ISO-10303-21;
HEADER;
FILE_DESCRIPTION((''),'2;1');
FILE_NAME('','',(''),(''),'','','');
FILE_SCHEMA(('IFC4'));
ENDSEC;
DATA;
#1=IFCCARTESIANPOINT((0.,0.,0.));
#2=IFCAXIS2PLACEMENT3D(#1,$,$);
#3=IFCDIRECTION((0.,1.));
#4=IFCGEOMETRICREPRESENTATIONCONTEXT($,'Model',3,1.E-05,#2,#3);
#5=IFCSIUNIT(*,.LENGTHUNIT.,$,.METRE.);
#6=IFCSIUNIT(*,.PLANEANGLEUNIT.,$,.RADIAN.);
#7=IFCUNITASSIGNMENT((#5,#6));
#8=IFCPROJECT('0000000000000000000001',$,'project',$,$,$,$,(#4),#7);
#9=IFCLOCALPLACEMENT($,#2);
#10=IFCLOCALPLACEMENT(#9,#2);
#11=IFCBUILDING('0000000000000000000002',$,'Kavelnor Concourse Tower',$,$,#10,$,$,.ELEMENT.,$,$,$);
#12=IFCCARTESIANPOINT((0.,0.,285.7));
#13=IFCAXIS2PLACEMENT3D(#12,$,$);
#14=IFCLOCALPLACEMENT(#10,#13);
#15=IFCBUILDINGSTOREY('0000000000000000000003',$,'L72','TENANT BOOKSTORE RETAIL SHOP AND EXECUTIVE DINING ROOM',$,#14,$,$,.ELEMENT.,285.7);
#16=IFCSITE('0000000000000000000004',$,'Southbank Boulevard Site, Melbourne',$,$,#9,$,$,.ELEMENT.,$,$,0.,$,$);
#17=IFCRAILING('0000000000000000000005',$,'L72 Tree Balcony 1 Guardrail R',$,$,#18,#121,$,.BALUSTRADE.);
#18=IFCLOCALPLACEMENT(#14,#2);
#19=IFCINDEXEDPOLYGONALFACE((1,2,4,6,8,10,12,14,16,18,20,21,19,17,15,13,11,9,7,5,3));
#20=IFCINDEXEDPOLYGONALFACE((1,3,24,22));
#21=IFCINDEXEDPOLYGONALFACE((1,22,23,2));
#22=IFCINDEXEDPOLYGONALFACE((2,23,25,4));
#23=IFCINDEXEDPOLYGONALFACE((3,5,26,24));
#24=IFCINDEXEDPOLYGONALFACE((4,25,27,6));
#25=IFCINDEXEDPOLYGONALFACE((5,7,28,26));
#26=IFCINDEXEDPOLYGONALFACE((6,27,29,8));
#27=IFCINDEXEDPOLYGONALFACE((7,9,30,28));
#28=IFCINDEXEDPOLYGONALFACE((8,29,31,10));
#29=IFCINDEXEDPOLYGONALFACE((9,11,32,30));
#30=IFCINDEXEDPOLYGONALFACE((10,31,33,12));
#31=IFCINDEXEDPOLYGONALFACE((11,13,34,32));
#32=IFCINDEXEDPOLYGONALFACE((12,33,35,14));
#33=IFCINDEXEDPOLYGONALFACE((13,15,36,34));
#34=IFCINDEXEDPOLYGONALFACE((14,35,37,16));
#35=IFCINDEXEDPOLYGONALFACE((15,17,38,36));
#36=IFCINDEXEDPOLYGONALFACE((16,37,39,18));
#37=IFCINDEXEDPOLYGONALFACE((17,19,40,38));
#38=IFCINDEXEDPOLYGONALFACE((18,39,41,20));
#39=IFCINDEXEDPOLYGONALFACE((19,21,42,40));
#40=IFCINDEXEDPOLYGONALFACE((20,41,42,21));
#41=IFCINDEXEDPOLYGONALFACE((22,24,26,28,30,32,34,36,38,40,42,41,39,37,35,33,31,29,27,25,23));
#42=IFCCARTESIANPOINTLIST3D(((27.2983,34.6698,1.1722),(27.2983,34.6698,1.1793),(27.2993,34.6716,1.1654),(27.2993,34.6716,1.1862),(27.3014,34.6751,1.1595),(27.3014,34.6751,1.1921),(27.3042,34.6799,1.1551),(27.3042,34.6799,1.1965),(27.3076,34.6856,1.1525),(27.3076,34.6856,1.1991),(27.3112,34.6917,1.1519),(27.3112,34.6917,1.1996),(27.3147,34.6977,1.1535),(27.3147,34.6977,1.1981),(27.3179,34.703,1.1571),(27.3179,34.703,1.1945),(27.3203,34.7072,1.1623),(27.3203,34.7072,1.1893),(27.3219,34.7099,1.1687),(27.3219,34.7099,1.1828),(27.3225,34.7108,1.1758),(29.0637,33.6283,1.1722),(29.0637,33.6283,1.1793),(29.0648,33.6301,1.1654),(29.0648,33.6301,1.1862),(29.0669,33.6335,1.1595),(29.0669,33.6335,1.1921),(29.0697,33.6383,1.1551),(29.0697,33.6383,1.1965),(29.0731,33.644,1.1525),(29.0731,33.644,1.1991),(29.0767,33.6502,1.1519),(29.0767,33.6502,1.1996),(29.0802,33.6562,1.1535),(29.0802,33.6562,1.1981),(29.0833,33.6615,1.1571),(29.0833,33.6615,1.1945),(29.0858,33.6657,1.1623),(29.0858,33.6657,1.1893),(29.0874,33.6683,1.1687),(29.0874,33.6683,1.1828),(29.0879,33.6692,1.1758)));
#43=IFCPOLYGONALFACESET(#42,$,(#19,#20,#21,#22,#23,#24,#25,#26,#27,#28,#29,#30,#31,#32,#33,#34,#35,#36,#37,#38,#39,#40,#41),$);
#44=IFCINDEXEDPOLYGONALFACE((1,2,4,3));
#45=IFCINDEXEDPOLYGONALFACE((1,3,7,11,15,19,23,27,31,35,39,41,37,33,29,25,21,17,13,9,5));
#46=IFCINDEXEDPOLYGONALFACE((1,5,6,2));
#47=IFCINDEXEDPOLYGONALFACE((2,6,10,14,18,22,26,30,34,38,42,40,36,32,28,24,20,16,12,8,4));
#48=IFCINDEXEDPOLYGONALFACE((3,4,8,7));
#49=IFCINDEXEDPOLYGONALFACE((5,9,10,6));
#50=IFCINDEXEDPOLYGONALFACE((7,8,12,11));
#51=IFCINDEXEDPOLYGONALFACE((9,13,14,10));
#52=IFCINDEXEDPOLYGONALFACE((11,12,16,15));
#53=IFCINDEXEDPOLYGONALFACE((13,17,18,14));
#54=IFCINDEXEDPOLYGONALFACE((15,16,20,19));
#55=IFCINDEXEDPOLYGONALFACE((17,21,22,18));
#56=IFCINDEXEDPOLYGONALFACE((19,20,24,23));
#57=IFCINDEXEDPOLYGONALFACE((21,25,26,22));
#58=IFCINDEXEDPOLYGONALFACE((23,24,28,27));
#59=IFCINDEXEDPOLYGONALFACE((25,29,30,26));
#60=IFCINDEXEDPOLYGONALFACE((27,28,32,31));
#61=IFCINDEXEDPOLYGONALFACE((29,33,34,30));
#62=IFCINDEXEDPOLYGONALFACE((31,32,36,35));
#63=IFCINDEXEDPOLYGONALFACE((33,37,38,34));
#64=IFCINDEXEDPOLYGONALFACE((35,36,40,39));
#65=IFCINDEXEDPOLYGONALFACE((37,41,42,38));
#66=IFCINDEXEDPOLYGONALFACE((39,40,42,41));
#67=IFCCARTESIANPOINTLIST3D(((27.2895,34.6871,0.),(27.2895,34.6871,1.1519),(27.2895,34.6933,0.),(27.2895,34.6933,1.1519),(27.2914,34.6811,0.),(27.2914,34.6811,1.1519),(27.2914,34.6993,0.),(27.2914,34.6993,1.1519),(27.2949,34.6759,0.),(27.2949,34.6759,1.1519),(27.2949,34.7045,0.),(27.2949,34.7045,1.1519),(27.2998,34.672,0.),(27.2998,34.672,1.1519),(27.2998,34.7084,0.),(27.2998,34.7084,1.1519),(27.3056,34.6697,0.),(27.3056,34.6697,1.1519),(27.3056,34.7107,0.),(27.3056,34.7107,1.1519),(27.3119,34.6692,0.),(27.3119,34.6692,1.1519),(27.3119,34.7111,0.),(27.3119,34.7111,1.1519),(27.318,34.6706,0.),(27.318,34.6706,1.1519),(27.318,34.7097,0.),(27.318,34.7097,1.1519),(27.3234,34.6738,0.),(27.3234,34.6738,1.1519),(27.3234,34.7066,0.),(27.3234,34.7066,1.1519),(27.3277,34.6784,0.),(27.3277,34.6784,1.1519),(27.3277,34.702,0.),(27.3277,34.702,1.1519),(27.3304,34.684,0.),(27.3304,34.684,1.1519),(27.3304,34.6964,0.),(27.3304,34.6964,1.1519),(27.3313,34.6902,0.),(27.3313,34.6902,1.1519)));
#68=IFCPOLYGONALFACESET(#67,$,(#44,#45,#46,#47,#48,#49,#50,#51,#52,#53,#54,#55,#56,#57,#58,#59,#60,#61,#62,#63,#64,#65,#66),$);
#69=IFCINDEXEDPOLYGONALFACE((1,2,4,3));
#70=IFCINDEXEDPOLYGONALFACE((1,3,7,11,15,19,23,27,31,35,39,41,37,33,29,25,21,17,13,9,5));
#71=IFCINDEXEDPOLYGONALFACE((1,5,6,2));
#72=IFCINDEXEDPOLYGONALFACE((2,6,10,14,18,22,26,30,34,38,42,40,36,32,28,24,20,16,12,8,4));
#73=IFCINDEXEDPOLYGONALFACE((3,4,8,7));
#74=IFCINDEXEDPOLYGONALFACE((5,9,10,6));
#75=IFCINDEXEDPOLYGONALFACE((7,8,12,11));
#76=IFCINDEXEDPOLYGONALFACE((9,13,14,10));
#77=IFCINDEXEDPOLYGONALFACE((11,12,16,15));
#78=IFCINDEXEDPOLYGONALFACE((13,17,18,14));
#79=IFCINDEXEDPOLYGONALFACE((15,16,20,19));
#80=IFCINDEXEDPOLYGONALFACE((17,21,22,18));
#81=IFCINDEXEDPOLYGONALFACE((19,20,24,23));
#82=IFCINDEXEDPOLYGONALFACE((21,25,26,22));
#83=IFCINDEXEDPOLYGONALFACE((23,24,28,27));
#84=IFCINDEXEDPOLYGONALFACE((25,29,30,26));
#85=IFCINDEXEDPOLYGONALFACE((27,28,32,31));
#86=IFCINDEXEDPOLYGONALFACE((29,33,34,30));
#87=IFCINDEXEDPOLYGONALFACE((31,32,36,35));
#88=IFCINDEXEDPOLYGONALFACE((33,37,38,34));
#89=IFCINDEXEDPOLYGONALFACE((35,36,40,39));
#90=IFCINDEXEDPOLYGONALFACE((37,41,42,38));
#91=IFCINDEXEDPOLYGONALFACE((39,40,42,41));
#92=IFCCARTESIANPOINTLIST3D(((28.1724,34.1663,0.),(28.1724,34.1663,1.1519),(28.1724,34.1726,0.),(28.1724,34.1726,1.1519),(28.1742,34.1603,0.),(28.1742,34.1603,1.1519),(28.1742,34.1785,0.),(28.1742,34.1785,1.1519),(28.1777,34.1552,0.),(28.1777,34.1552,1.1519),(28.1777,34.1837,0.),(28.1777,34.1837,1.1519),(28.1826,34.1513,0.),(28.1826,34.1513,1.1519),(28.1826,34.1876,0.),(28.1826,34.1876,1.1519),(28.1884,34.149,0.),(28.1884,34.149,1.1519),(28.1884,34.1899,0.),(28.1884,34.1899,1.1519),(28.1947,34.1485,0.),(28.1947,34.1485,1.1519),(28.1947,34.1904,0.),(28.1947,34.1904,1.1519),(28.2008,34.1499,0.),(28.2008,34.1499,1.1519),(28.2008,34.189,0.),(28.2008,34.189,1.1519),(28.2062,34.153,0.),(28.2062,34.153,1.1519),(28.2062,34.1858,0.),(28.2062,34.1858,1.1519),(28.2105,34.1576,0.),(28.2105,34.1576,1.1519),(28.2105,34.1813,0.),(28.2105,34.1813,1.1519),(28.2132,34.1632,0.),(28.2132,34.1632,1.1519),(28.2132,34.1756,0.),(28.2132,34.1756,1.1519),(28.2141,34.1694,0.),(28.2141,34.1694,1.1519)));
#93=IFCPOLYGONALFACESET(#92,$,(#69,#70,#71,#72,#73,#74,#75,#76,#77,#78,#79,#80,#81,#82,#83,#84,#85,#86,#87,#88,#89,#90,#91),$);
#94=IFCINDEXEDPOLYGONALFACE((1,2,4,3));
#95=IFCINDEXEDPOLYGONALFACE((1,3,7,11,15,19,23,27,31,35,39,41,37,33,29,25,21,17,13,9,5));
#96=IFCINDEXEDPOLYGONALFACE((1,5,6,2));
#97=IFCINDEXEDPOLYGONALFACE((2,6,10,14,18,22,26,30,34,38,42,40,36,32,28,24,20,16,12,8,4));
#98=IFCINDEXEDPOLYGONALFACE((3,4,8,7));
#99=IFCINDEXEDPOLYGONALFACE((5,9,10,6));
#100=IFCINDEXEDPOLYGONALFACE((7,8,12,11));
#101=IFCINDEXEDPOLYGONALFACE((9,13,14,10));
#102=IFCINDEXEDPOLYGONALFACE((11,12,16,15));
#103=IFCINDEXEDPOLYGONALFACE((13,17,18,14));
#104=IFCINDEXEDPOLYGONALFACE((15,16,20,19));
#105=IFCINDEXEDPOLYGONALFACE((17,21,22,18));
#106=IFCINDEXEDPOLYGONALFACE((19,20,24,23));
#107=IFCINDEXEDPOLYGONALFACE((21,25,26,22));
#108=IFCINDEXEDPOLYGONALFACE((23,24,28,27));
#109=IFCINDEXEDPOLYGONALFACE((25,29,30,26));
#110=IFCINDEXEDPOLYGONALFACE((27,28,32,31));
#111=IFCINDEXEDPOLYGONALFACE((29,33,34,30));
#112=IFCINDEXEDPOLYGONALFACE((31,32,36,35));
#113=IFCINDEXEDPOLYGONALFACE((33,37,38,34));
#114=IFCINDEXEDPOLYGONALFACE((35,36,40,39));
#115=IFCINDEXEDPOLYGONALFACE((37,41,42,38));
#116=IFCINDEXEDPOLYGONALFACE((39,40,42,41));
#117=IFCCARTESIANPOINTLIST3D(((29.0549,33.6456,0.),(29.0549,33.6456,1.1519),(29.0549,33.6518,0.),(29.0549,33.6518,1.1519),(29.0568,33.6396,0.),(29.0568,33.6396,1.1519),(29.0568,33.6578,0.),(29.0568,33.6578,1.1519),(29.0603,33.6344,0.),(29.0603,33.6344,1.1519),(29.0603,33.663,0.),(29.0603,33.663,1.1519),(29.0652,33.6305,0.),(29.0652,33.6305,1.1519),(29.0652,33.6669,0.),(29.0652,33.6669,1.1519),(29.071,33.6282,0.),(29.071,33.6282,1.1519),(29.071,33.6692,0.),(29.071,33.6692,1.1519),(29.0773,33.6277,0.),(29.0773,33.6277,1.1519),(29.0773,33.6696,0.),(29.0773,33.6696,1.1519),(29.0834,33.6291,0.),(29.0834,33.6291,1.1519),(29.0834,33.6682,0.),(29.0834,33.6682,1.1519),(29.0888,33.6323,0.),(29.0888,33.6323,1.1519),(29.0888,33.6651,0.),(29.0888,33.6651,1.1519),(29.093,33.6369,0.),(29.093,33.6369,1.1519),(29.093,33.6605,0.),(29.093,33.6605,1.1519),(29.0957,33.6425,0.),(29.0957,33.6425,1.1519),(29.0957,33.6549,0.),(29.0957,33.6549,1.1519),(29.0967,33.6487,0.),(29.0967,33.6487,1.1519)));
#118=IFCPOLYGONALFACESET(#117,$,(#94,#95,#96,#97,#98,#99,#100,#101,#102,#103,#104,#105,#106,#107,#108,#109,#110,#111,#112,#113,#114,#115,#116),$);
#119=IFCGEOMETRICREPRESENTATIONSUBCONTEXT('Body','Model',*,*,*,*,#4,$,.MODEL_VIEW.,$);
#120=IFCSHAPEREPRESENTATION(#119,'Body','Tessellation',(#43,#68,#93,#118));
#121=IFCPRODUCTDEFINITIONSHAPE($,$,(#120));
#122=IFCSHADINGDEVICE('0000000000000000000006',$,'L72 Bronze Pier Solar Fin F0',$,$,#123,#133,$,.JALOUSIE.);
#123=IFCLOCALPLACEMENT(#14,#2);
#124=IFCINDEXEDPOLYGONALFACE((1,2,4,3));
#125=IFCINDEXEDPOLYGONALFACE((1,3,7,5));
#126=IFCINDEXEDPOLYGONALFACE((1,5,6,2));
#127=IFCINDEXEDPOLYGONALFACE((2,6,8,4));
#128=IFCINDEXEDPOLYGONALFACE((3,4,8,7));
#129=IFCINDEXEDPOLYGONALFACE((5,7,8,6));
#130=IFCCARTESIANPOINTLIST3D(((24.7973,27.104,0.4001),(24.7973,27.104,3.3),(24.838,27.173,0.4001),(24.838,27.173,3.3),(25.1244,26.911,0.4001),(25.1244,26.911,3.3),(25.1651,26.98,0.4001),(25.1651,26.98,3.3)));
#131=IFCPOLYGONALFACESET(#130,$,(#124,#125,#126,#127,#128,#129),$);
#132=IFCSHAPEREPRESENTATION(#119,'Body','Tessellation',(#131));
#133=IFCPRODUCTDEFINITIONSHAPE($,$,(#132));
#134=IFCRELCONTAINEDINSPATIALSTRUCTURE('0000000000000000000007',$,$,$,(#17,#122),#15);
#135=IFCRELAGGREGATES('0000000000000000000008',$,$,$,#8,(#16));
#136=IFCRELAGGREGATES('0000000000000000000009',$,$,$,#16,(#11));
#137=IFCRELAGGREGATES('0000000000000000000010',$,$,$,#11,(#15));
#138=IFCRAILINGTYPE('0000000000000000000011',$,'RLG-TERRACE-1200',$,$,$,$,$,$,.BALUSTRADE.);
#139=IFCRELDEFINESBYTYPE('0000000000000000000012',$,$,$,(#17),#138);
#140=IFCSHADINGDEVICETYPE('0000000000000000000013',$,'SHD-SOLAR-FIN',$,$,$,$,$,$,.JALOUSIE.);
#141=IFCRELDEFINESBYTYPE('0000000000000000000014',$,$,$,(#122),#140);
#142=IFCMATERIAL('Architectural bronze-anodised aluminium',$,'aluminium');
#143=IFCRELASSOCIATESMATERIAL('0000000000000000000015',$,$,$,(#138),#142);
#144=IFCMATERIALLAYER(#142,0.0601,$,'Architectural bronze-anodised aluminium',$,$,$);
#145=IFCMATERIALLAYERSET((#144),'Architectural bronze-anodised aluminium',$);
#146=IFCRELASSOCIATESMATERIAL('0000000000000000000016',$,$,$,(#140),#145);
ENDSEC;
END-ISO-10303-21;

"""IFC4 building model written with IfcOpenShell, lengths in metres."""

from ifc_helpers import new_model, si_unit, direction, frame, origin, origin_2d, place, context, subcontext, project, spatial, rectangle, circle, extrude, material, layer, layer_set, type_object, element, save


model = new_model("IFC4")

# Units and contexts
model_context = context("Model", 3, precision=1e-05, world=origin(), true_north=direction((0.0, 1.0)))
body_context = subcontext(model_context, "Body", "Model", "MODEL_VIEW")
ifc_project = project(units=[si_unit("LENGTHUNIT", "METRE"), si_unit("PLANEANGLEUNIT", "RADIAN")], contexts=[model_context])

# Site, building, storey
site_placement = place(None, origin())
site = spatial("IfcSite", under=ifc_project, at=site_placement, Name="Southbank Boulevard Site, Melbourne", CompositionType="ELEMENT", RefElevation=0.0)
building_placement = place(site_placement, origin())
building = spatial("IfcBuilding", under=site, at=building_placement, Name="Kavelnor Concourse Tower", CompositionType="ELEMENT")
storey_placement = place(building_placement, frame((0.0, 0.0, 285.7)))
storey = spatial("IfcBuildingStorey", under=building, at=storey_placement, Name="L72", Description="TENANT BOOKSTORE RETAIL SHOP AND EXECUTIVE DINING ROOM", CompositionType="ELEMENT", Elevation=285.7)

# Railing
ifc_material_1 = material(Name="Architectural bronze-anodised aluminium", Category="aluminium")
railing_type = type_object("IfcRailingType", Name="RLG-TERRACE-1200", PredefinedType="BALUSTRADE", material=ifc_material_1)
railing_1_placement = place(storey_placement, frame((27.3103, 34.6902, 0.0)))
element("IfcRailing", 1, at=railing_1_placement, inside=storey, type_object=railing_type, Name="L72 Tree Balcony 1 Guardrail R", PredefinedType="BALUSTRADE", context=body_context, shape_type="SweptSolid", body=[
    extrude(circle(Radius=0.0239, at=origin_2d()), frame((0.0, 0.0, 1.1758), z_axis=(0.861284, -0.508123, 0.0), x_axis=(0.508123, 0.861284, 0.0)), (0.0, 0.0, 1.0), 2.0498),
    extrude(circle(Radius=0.021, at=origin_2d()), origin(), (0.0, 0.0, 1.0), 1.1519),
    extrude(circle(Radius=0.021, at=origin_2d()), frame((0.8828, -0.5208, 0.0)), (0.0, 0.0, 1.0), 1.1519),
    extrude(circle(Radius=0.021, at=origin_2d()), frame((1.7654, -1.0415, 0.0)), (0.0, 0.0, 1.0), 1.1519),
])

# Shading device
ifc_layer_1 = layer(ifc_material_1, 0.0601, Name="Architectural bronze-anodised aluminium")
ifc_layer_set_1 = layer_set([ifc_layer_1], Name="Architectural bronze-anodised aluminium")
shading_device_type = type_object("IfcShadingDeviceType", Name="SHD-SOLAR-FIN", PredefinedType="JALOUSIE", material=ifc_layer_set_1)
shading_device_placement = place(storey_placement, frame((24.9812, 27.042, 0.4001), z_axis=(0.0, 0.0, 1.0), x_axis=(-0.861275, 0.50814, 0.0)))
element("IfcShadingDevice", 2, at=shading_device_placement, inside=storey, type_object=shading_device_type, Name="L72 Bronze Pier Solar Fin F0", PredefinedType="JALOUSIE", context=body_context, shape_type="SweptSolid", body=[
    extrude(rectangle(XDim=0.3799, YDim=0.0801, at=origin_2d()), origin(), (0.0, 0.0, 1.0), 2.8999),
])

save(model, "model.ifc")
